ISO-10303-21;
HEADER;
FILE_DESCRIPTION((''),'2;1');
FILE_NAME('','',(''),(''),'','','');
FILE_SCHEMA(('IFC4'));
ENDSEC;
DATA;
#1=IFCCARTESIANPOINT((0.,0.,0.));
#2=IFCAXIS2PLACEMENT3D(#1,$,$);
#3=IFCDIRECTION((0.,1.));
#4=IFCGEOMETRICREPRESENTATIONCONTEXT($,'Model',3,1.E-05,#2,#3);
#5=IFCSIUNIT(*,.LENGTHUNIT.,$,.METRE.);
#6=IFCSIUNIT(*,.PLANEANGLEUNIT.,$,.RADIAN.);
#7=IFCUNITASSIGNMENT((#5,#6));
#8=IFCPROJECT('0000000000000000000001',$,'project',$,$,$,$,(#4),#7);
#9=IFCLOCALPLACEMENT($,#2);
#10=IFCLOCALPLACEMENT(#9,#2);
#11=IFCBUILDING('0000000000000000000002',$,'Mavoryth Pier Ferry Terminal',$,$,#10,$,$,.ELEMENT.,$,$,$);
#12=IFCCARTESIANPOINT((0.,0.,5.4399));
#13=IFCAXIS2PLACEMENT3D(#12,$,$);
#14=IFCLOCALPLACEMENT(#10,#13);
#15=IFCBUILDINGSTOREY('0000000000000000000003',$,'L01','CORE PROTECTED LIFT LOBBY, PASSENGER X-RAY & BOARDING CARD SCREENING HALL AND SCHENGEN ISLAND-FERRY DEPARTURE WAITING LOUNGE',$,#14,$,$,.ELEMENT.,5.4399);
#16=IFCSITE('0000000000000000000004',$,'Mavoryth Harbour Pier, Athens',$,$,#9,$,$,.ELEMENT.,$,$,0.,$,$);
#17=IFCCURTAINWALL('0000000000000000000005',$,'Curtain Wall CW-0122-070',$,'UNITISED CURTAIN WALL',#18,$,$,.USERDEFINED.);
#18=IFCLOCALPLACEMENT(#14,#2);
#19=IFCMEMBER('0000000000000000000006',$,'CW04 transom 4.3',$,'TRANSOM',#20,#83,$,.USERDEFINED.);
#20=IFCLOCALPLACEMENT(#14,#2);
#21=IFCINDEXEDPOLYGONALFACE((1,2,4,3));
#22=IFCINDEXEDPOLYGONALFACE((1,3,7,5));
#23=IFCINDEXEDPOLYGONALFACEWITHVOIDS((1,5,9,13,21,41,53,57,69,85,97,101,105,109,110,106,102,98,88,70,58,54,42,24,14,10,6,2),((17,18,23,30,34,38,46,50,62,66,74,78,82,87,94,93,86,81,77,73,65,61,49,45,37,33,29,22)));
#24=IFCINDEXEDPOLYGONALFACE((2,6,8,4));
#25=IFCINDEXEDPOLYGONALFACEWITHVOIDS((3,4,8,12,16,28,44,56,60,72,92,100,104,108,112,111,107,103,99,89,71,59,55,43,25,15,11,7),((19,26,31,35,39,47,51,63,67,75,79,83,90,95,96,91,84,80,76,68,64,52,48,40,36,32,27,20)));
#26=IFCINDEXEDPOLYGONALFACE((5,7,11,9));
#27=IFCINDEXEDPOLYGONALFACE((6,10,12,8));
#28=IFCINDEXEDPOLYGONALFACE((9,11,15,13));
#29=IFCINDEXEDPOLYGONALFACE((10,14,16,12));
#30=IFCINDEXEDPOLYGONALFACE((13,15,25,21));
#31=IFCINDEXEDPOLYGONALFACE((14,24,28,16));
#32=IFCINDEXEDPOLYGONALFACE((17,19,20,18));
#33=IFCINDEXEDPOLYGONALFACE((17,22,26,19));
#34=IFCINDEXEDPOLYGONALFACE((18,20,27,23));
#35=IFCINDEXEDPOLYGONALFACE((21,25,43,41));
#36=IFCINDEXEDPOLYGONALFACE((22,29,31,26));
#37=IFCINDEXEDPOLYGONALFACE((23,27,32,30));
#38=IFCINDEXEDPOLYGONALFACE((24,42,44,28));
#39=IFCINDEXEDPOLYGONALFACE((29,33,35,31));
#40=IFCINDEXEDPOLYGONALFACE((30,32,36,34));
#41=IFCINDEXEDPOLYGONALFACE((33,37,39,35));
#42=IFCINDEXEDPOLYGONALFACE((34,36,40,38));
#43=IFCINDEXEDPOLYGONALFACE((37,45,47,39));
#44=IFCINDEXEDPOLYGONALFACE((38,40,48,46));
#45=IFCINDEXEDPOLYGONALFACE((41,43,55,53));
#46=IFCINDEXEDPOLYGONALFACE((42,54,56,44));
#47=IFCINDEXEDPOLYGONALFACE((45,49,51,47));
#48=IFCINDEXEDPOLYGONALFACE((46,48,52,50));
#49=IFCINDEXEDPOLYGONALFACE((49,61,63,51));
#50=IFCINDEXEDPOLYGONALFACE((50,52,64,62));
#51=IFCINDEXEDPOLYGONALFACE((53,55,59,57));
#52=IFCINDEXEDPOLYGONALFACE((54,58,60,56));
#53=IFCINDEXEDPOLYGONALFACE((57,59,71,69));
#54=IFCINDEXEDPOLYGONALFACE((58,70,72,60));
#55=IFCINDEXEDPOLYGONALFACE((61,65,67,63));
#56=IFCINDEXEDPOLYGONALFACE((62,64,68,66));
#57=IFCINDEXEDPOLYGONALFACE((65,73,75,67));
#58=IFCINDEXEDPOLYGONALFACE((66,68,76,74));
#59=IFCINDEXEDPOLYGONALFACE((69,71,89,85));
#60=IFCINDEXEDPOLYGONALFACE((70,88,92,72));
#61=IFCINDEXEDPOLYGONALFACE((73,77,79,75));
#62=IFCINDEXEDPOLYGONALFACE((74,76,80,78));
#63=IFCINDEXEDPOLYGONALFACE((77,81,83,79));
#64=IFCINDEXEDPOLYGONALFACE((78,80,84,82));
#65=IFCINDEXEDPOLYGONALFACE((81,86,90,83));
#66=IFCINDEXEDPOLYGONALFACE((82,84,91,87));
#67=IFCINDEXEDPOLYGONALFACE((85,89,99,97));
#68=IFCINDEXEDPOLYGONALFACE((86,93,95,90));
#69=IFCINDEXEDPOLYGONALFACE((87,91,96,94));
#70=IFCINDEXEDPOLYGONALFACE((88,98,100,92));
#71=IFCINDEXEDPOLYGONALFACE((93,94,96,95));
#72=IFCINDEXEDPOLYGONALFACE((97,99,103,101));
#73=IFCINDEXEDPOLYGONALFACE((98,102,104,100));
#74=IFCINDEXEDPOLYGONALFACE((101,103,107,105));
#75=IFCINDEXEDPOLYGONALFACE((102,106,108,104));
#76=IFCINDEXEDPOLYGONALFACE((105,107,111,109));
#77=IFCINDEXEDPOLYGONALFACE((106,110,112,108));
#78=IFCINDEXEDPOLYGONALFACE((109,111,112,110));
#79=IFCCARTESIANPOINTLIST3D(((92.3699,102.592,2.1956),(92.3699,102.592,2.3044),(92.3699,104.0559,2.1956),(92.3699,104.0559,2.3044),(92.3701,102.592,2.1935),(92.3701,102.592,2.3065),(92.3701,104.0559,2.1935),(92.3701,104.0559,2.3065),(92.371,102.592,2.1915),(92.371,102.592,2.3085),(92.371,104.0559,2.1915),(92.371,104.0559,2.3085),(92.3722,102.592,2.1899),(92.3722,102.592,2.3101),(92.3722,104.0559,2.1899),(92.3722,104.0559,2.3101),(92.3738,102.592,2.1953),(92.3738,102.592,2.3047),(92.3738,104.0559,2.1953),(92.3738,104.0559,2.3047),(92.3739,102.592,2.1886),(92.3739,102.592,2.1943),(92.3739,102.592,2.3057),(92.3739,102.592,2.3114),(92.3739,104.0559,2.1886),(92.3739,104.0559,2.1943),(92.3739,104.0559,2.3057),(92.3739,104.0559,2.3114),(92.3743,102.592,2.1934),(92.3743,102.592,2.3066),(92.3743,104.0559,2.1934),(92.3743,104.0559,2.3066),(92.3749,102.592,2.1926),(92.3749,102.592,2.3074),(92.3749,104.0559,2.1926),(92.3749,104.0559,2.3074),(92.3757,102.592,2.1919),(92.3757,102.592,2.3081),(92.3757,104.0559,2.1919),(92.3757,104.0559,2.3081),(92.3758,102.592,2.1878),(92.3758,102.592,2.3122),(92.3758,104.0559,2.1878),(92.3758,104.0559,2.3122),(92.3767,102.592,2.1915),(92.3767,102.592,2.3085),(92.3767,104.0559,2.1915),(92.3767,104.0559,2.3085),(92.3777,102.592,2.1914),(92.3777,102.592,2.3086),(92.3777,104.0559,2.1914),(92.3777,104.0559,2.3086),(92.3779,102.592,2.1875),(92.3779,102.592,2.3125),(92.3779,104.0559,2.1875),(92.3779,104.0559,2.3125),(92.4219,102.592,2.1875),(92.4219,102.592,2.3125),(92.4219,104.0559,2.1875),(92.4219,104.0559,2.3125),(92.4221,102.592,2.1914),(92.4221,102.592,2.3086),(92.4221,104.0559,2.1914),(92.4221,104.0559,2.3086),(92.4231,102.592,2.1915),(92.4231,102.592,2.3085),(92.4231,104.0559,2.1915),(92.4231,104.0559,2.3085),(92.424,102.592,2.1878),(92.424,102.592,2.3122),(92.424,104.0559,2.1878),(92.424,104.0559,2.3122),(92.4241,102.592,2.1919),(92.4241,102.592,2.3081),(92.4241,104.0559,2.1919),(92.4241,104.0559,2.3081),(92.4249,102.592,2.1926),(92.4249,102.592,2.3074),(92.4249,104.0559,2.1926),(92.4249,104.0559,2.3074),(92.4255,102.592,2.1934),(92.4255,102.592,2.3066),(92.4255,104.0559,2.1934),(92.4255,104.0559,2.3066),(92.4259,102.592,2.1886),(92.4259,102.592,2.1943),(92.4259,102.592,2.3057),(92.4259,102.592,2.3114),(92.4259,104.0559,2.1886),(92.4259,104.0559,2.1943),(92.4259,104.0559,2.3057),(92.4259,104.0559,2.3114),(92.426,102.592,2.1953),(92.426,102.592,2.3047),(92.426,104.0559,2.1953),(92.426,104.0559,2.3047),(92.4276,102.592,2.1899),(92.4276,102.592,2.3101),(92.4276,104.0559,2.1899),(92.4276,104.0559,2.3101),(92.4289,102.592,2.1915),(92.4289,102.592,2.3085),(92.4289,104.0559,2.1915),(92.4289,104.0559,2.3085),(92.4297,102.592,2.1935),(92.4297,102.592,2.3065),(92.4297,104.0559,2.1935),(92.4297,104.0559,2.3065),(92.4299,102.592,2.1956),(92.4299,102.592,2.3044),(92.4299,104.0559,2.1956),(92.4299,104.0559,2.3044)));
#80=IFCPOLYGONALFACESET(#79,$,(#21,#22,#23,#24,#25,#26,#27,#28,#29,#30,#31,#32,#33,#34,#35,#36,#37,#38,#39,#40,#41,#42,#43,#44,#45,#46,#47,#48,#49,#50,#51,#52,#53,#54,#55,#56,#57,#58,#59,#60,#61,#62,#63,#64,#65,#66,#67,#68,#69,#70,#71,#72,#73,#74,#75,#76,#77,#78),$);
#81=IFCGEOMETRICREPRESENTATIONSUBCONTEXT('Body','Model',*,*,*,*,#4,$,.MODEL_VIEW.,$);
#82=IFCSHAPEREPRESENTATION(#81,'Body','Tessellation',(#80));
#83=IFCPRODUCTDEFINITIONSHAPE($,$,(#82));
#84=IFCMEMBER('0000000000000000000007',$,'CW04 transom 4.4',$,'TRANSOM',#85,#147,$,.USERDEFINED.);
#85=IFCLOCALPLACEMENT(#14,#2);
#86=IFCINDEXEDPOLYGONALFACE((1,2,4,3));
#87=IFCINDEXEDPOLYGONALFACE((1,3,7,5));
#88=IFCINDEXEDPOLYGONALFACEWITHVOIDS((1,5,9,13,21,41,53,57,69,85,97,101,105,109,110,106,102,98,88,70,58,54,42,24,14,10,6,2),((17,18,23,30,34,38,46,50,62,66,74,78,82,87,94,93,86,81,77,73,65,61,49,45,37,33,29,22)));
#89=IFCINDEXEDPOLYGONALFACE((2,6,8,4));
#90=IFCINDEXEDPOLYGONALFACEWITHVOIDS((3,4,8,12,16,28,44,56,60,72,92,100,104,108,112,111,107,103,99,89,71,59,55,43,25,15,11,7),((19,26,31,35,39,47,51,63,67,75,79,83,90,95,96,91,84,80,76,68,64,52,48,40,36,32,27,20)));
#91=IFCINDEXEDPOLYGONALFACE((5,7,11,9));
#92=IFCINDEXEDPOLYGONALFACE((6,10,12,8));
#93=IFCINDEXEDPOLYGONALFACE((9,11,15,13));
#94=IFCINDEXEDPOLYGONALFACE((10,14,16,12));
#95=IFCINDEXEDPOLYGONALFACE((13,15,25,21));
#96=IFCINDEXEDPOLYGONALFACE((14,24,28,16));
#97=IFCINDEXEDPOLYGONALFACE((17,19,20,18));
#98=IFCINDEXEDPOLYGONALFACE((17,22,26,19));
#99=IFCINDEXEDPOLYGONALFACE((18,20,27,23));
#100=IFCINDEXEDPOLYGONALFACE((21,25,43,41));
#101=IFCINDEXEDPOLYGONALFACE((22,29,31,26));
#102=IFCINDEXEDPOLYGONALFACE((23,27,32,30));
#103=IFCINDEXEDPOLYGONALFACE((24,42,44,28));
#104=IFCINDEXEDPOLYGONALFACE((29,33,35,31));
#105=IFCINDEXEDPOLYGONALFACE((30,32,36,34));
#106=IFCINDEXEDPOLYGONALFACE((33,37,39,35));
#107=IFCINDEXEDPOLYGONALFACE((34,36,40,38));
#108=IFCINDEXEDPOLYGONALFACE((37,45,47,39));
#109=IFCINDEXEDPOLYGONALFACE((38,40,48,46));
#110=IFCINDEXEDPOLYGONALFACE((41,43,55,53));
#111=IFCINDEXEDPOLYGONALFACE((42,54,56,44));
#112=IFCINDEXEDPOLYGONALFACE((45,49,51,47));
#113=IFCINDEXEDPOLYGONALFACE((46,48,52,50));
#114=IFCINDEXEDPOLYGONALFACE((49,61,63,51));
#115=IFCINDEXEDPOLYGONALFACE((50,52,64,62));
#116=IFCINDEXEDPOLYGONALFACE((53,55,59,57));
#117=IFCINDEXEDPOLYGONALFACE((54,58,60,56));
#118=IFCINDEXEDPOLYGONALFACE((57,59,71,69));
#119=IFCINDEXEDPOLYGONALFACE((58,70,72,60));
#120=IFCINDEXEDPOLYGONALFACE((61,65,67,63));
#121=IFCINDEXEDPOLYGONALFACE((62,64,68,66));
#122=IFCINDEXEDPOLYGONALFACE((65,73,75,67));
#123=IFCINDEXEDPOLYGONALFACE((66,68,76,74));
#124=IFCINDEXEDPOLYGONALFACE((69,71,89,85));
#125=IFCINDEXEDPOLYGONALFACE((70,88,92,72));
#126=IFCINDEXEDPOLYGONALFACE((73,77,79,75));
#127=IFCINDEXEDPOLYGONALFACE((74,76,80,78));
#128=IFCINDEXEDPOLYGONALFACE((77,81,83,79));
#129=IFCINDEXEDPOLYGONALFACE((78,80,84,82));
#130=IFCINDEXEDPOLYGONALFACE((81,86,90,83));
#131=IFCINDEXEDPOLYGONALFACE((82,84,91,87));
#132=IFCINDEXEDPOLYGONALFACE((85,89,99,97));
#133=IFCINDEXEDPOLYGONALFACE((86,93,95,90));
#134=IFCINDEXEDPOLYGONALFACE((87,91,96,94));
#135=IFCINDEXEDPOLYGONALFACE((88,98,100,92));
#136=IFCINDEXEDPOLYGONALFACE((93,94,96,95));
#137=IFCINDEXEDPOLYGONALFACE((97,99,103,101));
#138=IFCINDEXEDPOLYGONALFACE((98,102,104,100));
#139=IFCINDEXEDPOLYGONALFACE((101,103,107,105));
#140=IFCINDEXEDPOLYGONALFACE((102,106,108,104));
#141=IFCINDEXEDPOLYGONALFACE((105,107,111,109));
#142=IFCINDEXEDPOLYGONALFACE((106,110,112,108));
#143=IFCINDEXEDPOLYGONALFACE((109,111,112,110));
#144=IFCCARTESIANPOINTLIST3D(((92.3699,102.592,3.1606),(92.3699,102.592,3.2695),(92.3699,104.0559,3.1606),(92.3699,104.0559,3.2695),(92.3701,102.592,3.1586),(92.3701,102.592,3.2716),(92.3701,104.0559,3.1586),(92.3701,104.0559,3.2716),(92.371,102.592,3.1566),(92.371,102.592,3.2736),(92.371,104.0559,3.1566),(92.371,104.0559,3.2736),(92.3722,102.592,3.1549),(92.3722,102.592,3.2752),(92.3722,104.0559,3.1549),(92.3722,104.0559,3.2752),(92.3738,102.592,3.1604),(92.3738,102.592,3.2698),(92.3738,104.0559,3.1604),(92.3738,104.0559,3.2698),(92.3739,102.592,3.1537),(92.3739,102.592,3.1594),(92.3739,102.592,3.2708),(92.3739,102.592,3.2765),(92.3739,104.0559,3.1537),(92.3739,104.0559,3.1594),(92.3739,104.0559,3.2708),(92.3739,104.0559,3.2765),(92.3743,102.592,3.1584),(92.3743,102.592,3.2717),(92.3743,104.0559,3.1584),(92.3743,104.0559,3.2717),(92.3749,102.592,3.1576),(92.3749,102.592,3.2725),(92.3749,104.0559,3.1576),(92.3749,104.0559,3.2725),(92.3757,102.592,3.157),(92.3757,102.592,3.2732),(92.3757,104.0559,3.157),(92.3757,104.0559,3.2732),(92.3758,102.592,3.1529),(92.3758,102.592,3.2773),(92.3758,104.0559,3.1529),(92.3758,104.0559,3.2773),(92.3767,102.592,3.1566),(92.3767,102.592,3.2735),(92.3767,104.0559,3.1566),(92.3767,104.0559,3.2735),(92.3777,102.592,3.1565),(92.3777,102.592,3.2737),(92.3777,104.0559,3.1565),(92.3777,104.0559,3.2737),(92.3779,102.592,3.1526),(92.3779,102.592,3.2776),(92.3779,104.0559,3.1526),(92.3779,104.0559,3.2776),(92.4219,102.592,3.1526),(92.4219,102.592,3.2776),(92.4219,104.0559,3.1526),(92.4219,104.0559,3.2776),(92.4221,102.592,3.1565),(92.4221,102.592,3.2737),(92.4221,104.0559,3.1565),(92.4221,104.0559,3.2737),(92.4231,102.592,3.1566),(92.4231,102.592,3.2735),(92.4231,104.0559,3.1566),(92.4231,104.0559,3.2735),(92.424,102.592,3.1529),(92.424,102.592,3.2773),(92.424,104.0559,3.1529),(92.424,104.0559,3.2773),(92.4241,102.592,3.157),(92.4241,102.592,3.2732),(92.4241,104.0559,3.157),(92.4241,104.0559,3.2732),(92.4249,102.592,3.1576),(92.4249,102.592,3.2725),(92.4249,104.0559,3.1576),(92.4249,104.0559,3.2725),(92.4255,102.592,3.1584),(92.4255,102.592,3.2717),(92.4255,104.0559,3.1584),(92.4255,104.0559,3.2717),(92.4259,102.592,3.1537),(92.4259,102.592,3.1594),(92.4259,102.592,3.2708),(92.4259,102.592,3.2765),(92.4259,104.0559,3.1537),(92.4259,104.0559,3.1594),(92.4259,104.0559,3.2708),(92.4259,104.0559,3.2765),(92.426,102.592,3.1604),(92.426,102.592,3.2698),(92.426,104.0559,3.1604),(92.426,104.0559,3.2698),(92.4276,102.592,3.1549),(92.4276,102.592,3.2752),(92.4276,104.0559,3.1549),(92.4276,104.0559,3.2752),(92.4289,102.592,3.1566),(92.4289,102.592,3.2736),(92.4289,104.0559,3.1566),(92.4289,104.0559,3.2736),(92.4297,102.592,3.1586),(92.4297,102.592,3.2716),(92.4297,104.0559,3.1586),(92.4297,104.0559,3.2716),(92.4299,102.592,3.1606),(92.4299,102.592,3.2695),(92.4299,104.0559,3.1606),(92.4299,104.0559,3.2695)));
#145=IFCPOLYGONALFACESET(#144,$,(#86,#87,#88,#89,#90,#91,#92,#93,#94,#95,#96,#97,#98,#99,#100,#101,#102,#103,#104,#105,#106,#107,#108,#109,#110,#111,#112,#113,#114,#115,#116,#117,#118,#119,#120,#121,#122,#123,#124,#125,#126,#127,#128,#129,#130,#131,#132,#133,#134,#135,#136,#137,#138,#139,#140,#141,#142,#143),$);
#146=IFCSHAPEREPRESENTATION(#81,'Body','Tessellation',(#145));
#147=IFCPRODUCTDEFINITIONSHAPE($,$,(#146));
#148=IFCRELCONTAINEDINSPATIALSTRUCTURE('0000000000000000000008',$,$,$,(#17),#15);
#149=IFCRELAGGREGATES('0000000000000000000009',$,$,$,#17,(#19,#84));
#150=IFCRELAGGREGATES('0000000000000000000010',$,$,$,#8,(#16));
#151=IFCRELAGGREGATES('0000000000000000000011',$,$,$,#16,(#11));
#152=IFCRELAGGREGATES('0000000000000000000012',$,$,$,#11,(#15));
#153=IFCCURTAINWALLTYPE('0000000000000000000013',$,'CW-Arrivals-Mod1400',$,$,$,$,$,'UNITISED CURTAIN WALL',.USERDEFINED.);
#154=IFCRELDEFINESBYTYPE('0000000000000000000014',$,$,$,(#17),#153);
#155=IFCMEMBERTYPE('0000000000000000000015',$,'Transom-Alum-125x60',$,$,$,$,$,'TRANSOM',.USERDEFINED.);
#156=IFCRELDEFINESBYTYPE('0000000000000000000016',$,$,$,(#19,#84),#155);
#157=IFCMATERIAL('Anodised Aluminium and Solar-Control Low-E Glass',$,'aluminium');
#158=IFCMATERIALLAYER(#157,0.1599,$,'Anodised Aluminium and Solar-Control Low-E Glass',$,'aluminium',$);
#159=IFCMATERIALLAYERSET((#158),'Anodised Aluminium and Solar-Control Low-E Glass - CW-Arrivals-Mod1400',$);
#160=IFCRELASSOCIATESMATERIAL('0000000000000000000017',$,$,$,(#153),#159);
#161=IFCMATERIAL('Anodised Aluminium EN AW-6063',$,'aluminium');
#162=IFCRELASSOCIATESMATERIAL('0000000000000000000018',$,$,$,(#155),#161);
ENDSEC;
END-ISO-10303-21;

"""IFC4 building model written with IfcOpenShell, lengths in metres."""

from ifc_helpers import new_model, si_unit, direction, frame, origin, origin_2d, place, context, subcontext, project, spatial, hollow_rectangle, extrude, material, layer, layer_set, material_profile, profile_set, type_object, element, aggregate, save


model = new_model("IFC4")

# Units and contexts
model_context = context("Model", 3, precision=1e-05, world=origin(), true_north=direction((0.0, 1.0)))
body_context = subcontext(model_context, "Body", "Model", "MODEL_VIEW")
ifc_project = project(units=[si_unit("LENGTHUNIT", "METRE"), si_unit("PLANEANGLEUNIT", "RADIAN")], contexts=[model_context])

# Site, building, storey
site_placement = place(None, origin())
site = spatial("IfcSite", under=ifc_project, at=site_placement, Name="Mavoryth Harbour Pier, Athens", CompositionType="ELEMENT", RefElevation=0.0)
building_placement = place(site_placement, origin())
building = spatial("IfcBuilding", under=site, at=building_placement, Name="Mavoryth Pier Ferry Terminal", CompositionType="ELEMENT")
storey_placement = place(building_placement, frame((0.0, 0.0, 5.4399)))
storey = spatial("IfcBuildingStorey", under=building, at=storey_placement, Name="L01", Description="CORE PROTECTED LIFT LOBBY, PASSENGER X-RAY & BOARDING CARD SCREENING HALL AND SCHENGEN ISLAND-FERRY DEPARTURE WAITING LOUNGE", CompositionType="ELEMENT", Elevation=5.4399)

# Shared definitions
ifc_material_1 = material(Name="Anodised Aluminium and Solar-Control Low-E Glass", Category="aluminium")
ifc_layer_1 = layer(ifc_material_1, 0.1599, Name="Anodised Aluminium and Solar-Control Low-E Glass", Category="aluminium")
ifc_layer_set_1 = layer_set([ifc_layer_1], Name="Anodised Aluminium and Solar-Control Low-E Glass - CW-Arrivals-Mod1400")
curtain_wall_type_1 = type_object("IfcCurtainWallType", Name="CW-Arrivals-Mod1400", ElementType="UNITISED CURTAIN WALL", PredefinedType="USERDEFINED", material=ifc_layer_set_1)
ifc_material_2 = material(Name="Anodised Aluminium EN AW-6063", Category="aluminium")

# Curtain wall
curtain_wall_1_placement = place(storey_placement, origin())
curtain_wall_1 = element("IfcCurtainWall", 1, at=curtain_wall_1_placement, inside=storey, type_object=curtain_wall_type_1, Name="Curtain Wall CW-0122-070", ObjectType="UNITISED CURTAIN WALL", PredefinedType="USERDEFINED")

# Members
ifc_material_profile_1 = material_profile(ifc_material_2, hollow_rectangle(XDim=0.0601, YDim=0.125, WallThickness=0.0039, InnerFilletRadius=0.0039, OuterFilletRadius=0.0081, at=origin_2d()), Name="AL-TRAN 125x60x4", Category="aluminium")
ifc_profile_set_1 = profile_set([ifc_material_profile_1], Name="Anodised Aluminium EN AW-6063 - AL-TRAN 125x60x4")
member_type_1 = type_object("IfcMemberType", Name="Transom-Alum-125x60", ElementType="TRANSOM", PredefinedType="USERDEFINED", material=ifc_profile_set_1)
member_1_placement = place(storey_placement, frame((92.3999, 102.592, 2.25), z_axis=(0.0, 1.0, 0.0), x_axis=(-1.0, 0.0, 0.0)))
member_1 = element("IfcMember", 2, at=member_1_placement, type_object=member_type_1, Name="CW04 transom 4.3", ObjectType="TRANSOM", PredefinedType="USERDEFINED", context=body_context, shape_type="SweptSolid", body=[
    extrude(hollow_rectangle(XDim=0.0601, YDim=0.125, WallThickness=0.0039, InnerFilletRadius=0.0039, OuterFilletRadius=0.0081, at=origin_2d()), origin(), (0.0, 0.0, 1.0), 1.4639),
])
member_2_placement = place(storey_placement, frame((92.3999, 102.592, 3.2151), z_axis=(0.0, 1.0, 0.0), x_axis=(-1.0, 0.0, 0.0)))
member_2 = element("IfcMember", 3, at=member_2_placement, type_object=member_type_1, Name="CW04 transom 4.4", ObjectType="TRANSOM", PredefinedType="USERDEFINED", context=body_context, shape_type="SweptSolid", body=[
    extrude(hollow_rectangle(XDim=0.0601, YDim=0.125, WallThickness=0.0039, InnerFilletRadius=0.0039, OuterFilletRadius=0.0081, at=origin_2d()), origin(), (0.0, 0.0, 1.0), 1.4639),
])

aggregate(curtain_wall_1, [member_1, member_2])

save(model, "model.ifc")
